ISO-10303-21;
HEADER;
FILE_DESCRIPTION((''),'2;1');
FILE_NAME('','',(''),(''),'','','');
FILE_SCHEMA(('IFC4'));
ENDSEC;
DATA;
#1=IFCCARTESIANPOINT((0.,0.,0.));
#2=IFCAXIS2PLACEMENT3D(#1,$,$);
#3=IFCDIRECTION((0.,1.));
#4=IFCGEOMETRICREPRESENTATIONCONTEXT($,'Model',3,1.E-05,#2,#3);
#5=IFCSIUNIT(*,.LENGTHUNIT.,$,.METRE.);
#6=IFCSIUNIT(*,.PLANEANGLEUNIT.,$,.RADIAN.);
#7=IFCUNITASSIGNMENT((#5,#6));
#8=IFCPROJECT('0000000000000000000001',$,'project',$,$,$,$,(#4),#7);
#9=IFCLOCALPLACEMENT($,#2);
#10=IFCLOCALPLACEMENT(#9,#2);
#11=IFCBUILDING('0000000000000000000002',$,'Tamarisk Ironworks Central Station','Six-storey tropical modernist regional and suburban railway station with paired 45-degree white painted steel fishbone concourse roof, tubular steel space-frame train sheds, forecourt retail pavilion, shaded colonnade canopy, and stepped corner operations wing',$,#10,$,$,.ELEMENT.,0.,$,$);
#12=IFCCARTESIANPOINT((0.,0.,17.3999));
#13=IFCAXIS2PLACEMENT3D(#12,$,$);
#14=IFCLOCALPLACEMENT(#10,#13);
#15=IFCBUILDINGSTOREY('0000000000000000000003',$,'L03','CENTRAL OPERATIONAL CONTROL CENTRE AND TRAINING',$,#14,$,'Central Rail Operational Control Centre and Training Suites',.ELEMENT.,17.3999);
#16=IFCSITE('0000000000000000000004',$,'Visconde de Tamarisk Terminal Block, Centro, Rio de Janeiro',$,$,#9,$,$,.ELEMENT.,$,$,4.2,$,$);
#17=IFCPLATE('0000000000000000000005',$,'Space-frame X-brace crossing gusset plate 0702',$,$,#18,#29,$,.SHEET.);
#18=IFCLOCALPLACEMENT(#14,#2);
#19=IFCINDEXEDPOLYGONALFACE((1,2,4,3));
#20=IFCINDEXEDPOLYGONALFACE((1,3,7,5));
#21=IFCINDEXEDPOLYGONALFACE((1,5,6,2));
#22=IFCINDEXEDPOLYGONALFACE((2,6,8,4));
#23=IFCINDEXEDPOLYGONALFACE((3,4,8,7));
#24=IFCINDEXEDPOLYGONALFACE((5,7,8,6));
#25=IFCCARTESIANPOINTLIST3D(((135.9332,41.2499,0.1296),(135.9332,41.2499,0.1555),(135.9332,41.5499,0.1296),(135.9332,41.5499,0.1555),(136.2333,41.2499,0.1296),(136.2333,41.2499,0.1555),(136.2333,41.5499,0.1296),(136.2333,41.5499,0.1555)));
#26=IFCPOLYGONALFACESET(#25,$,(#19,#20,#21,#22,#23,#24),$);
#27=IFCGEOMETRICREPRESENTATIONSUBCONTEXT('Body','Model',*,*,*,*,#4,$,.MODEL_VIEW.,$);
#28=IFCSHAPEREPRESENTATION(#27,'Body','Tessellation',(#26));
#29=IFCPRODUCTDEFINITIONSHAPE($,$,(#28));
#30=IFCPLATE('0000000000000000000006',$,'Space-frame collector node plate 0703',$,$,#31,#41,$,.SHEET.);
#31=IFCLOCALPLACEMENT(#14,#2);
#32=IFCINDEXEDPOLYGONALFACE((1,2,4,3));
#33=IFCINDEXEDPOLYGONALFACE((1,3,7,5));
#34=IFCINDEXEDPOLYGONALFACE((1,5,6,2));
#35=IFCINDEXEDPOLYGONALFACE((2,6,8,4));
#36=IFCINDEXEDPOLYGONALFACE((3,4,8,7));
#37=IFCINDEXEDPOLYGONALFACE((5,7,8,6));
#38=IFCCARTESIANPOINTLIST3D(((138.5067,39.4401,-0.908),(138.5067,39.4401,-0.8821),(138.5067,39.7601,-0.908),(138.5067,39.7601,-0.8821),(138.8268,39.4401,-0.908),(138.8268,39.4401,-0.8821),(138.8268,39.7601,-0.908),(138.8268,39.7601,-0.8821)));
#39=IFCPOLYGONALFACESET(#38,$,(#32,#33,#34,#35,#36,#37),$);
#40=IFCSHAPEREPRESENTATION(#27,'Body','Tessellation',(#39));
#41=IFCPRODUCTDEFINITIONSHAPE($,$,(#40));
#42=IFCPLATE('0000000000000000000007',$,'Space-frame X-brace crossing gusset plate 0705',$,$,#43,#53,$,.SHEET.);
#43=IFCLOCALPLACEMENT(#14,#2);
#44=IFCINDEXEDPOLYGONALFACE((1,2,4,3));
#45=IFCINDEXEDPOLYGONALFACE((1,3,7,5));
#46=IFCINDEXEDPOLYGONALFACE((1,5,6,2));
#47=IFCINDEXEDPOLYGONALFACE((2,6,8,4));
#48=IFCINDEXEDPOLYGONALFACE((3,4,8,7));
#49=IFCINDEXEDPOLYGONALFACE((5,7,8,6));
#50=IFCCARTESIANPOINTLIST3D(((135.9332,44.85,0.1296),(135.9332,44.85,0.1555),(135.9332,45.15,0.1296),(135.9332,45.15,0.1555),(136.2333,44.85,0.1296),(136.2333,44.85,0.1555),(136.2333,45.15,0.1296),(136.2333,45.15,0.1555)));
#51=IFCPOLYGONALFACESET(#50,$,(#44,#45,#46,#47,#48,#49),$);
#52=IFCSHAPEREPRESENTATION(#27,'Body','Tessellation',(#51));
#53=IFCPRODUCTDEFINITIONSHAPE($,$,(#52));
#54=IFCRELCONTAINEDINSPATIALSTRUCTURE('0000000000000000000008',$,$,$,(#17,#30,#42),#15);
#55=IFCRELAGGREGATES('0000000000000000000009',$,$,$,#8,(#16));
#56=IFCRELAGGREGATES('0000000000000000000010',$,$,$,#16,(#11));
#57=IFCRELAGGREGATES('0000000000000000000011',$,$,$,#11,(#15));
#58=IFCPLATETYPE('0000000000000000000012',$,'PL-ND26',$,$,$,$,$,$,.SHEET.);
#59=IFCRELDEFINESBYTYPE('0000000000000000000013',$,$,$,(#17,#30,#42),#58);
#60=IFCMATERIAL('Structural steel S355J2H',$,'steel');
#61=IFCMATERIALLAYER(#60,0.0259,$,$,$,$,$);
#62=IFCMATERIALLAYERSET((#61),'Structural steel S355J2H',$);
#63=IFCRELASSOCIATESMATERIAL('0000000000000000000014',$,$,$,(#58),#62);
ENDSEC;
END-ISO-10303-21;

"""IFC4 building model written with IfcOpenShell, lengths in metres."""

from ifc_helpers import new_model, si_unit, direction, frame, origin, origin_2d, place, context, subcontext, project, spatial, rectangle, extrude, material, layer, layer_set, type_object, element, save


model = new_model("IFC4")

# Units and contexts
model_context = context("Model", 3, precision=1e-05, world=origin(), true_north=direction((0.0, 1.0)))
body_context = subcontext(model_context, "Body", "Model", "MODEL_VIEW")
ifc_project = project(units=[si_unit("LENGTHUNIT", "METRE"), si_unit("PLANEANGLEUNIT", "RADIAN")], contexts=[model_context])

# Site, building, storey
site_placement = place(None, origin())
site = spatial("IfcSite", under=ifc_project, at=site_placement, Name="Visconde de Tamarisk Terminal Block, Centro, Rio de Janeiro", CompositionType="ELEMENT", RefElevation=4.2)
building_placement = place(site_placement, origin())
building = spatial("IfcBuilding", under=site, at=building_placement, Name="Tamarisk Ironworks Central Station", Description="Six-storey tropical modernist regional and suburban railway station with paired 45-degree white painted steel fishbone concourse roof, tubular steel space-frame train sheds, forecourt retail pavilion, shaded colonnade canopy, and stepped corner operations wing", CompositionType="ELEMENT", ElevationOfRefHeight=0.0)
storey_placement = place(building_placement, frame((0.0, 0.0, 17.3999)))
storey = spatial("IfcBuildingStorey", under=building, at=storey_placement, Name="L03", Description="CENTRAL OPERATIONAL CONTROL CENTRE AND TRAINING", LongName="Central Rail Operational Control Centre and Training Suites", CompositionType="ELEMENT", Elevation=17.3999)

# Shared definitions
ifc_material = material(Name="Structural steel S355J2H", Category="steel")

# Plates
ifc_layer = layer(ifc_material, 0.0259)
ifc_layer_set = layer_set([ifc_layer], Name="Structural steel S355J2H")
plate_type = type_object("IfcPlateType", Name="PL-ND26", PredefinedType="SHEET", material=ifc_layer_set)
plate_1_placement = place(storey_placement, frame((136.0833, 41.3999, 0.1296), z_axis=(0.0, 0.0, 1.0), x_axis=(1.0, 0.0, 0.0)))
element("IfcPlate", 1, at=plate_1_placement, inside=storey, type_object=plate_type, Name="Space-frame X-brace crossing gusset plate 0702", PredefinedType="SHEET", context=body_context, shape_type="SweptSolid", body=[
    extrude(rectangle(XDim=0.3, YDim=0.3, at=origin_2d()), origin(), (0.0, 0.0, 1.0), 0.0259),
])
plate_2_placement = place(storey_placement, frame((138.6667, 39.6001, -0.908), z_axis=(0.0, 0.0, 1.0), x_axis=(1.0, 0.0, 0.0)))
element("IfcPlate", 2, at=plate_2_placement, inside=storey, type_object=plate_type, Name="Space-frame collector node plate 0703", PredefinedType="SHEET", context=body_context, shape_type="SweptSolid", body=[
    extrude(rectangle(XDim=0.3201, YDim=0.3201, at=origin_2d()), origin(), (0.0, 0.0, 1.0), 0.0259),
])
plate_3_placement = place(storey_placement, frame((136.0833, 45.0, 0.1296), z_axis=(0.0, 0.0, 1.0), x_axis=(1.0, 0.0, 0.0)))
element("IfcPlate", 3, at=plate_3_placement, inside=storey, type_object=plate_type, Name="Space-frame X-brace crossing gusset plate 0705", PredefinedType="SHEET", context=body_context, shape_type="SweptSolid", body=[
    extrude(rectangle(XDim=0.3, YDim=0.3, at=origin_2d()), origin(), (0.0, 0.0, 1.0), 0.0259),
])

save(model, "model.ifc")
